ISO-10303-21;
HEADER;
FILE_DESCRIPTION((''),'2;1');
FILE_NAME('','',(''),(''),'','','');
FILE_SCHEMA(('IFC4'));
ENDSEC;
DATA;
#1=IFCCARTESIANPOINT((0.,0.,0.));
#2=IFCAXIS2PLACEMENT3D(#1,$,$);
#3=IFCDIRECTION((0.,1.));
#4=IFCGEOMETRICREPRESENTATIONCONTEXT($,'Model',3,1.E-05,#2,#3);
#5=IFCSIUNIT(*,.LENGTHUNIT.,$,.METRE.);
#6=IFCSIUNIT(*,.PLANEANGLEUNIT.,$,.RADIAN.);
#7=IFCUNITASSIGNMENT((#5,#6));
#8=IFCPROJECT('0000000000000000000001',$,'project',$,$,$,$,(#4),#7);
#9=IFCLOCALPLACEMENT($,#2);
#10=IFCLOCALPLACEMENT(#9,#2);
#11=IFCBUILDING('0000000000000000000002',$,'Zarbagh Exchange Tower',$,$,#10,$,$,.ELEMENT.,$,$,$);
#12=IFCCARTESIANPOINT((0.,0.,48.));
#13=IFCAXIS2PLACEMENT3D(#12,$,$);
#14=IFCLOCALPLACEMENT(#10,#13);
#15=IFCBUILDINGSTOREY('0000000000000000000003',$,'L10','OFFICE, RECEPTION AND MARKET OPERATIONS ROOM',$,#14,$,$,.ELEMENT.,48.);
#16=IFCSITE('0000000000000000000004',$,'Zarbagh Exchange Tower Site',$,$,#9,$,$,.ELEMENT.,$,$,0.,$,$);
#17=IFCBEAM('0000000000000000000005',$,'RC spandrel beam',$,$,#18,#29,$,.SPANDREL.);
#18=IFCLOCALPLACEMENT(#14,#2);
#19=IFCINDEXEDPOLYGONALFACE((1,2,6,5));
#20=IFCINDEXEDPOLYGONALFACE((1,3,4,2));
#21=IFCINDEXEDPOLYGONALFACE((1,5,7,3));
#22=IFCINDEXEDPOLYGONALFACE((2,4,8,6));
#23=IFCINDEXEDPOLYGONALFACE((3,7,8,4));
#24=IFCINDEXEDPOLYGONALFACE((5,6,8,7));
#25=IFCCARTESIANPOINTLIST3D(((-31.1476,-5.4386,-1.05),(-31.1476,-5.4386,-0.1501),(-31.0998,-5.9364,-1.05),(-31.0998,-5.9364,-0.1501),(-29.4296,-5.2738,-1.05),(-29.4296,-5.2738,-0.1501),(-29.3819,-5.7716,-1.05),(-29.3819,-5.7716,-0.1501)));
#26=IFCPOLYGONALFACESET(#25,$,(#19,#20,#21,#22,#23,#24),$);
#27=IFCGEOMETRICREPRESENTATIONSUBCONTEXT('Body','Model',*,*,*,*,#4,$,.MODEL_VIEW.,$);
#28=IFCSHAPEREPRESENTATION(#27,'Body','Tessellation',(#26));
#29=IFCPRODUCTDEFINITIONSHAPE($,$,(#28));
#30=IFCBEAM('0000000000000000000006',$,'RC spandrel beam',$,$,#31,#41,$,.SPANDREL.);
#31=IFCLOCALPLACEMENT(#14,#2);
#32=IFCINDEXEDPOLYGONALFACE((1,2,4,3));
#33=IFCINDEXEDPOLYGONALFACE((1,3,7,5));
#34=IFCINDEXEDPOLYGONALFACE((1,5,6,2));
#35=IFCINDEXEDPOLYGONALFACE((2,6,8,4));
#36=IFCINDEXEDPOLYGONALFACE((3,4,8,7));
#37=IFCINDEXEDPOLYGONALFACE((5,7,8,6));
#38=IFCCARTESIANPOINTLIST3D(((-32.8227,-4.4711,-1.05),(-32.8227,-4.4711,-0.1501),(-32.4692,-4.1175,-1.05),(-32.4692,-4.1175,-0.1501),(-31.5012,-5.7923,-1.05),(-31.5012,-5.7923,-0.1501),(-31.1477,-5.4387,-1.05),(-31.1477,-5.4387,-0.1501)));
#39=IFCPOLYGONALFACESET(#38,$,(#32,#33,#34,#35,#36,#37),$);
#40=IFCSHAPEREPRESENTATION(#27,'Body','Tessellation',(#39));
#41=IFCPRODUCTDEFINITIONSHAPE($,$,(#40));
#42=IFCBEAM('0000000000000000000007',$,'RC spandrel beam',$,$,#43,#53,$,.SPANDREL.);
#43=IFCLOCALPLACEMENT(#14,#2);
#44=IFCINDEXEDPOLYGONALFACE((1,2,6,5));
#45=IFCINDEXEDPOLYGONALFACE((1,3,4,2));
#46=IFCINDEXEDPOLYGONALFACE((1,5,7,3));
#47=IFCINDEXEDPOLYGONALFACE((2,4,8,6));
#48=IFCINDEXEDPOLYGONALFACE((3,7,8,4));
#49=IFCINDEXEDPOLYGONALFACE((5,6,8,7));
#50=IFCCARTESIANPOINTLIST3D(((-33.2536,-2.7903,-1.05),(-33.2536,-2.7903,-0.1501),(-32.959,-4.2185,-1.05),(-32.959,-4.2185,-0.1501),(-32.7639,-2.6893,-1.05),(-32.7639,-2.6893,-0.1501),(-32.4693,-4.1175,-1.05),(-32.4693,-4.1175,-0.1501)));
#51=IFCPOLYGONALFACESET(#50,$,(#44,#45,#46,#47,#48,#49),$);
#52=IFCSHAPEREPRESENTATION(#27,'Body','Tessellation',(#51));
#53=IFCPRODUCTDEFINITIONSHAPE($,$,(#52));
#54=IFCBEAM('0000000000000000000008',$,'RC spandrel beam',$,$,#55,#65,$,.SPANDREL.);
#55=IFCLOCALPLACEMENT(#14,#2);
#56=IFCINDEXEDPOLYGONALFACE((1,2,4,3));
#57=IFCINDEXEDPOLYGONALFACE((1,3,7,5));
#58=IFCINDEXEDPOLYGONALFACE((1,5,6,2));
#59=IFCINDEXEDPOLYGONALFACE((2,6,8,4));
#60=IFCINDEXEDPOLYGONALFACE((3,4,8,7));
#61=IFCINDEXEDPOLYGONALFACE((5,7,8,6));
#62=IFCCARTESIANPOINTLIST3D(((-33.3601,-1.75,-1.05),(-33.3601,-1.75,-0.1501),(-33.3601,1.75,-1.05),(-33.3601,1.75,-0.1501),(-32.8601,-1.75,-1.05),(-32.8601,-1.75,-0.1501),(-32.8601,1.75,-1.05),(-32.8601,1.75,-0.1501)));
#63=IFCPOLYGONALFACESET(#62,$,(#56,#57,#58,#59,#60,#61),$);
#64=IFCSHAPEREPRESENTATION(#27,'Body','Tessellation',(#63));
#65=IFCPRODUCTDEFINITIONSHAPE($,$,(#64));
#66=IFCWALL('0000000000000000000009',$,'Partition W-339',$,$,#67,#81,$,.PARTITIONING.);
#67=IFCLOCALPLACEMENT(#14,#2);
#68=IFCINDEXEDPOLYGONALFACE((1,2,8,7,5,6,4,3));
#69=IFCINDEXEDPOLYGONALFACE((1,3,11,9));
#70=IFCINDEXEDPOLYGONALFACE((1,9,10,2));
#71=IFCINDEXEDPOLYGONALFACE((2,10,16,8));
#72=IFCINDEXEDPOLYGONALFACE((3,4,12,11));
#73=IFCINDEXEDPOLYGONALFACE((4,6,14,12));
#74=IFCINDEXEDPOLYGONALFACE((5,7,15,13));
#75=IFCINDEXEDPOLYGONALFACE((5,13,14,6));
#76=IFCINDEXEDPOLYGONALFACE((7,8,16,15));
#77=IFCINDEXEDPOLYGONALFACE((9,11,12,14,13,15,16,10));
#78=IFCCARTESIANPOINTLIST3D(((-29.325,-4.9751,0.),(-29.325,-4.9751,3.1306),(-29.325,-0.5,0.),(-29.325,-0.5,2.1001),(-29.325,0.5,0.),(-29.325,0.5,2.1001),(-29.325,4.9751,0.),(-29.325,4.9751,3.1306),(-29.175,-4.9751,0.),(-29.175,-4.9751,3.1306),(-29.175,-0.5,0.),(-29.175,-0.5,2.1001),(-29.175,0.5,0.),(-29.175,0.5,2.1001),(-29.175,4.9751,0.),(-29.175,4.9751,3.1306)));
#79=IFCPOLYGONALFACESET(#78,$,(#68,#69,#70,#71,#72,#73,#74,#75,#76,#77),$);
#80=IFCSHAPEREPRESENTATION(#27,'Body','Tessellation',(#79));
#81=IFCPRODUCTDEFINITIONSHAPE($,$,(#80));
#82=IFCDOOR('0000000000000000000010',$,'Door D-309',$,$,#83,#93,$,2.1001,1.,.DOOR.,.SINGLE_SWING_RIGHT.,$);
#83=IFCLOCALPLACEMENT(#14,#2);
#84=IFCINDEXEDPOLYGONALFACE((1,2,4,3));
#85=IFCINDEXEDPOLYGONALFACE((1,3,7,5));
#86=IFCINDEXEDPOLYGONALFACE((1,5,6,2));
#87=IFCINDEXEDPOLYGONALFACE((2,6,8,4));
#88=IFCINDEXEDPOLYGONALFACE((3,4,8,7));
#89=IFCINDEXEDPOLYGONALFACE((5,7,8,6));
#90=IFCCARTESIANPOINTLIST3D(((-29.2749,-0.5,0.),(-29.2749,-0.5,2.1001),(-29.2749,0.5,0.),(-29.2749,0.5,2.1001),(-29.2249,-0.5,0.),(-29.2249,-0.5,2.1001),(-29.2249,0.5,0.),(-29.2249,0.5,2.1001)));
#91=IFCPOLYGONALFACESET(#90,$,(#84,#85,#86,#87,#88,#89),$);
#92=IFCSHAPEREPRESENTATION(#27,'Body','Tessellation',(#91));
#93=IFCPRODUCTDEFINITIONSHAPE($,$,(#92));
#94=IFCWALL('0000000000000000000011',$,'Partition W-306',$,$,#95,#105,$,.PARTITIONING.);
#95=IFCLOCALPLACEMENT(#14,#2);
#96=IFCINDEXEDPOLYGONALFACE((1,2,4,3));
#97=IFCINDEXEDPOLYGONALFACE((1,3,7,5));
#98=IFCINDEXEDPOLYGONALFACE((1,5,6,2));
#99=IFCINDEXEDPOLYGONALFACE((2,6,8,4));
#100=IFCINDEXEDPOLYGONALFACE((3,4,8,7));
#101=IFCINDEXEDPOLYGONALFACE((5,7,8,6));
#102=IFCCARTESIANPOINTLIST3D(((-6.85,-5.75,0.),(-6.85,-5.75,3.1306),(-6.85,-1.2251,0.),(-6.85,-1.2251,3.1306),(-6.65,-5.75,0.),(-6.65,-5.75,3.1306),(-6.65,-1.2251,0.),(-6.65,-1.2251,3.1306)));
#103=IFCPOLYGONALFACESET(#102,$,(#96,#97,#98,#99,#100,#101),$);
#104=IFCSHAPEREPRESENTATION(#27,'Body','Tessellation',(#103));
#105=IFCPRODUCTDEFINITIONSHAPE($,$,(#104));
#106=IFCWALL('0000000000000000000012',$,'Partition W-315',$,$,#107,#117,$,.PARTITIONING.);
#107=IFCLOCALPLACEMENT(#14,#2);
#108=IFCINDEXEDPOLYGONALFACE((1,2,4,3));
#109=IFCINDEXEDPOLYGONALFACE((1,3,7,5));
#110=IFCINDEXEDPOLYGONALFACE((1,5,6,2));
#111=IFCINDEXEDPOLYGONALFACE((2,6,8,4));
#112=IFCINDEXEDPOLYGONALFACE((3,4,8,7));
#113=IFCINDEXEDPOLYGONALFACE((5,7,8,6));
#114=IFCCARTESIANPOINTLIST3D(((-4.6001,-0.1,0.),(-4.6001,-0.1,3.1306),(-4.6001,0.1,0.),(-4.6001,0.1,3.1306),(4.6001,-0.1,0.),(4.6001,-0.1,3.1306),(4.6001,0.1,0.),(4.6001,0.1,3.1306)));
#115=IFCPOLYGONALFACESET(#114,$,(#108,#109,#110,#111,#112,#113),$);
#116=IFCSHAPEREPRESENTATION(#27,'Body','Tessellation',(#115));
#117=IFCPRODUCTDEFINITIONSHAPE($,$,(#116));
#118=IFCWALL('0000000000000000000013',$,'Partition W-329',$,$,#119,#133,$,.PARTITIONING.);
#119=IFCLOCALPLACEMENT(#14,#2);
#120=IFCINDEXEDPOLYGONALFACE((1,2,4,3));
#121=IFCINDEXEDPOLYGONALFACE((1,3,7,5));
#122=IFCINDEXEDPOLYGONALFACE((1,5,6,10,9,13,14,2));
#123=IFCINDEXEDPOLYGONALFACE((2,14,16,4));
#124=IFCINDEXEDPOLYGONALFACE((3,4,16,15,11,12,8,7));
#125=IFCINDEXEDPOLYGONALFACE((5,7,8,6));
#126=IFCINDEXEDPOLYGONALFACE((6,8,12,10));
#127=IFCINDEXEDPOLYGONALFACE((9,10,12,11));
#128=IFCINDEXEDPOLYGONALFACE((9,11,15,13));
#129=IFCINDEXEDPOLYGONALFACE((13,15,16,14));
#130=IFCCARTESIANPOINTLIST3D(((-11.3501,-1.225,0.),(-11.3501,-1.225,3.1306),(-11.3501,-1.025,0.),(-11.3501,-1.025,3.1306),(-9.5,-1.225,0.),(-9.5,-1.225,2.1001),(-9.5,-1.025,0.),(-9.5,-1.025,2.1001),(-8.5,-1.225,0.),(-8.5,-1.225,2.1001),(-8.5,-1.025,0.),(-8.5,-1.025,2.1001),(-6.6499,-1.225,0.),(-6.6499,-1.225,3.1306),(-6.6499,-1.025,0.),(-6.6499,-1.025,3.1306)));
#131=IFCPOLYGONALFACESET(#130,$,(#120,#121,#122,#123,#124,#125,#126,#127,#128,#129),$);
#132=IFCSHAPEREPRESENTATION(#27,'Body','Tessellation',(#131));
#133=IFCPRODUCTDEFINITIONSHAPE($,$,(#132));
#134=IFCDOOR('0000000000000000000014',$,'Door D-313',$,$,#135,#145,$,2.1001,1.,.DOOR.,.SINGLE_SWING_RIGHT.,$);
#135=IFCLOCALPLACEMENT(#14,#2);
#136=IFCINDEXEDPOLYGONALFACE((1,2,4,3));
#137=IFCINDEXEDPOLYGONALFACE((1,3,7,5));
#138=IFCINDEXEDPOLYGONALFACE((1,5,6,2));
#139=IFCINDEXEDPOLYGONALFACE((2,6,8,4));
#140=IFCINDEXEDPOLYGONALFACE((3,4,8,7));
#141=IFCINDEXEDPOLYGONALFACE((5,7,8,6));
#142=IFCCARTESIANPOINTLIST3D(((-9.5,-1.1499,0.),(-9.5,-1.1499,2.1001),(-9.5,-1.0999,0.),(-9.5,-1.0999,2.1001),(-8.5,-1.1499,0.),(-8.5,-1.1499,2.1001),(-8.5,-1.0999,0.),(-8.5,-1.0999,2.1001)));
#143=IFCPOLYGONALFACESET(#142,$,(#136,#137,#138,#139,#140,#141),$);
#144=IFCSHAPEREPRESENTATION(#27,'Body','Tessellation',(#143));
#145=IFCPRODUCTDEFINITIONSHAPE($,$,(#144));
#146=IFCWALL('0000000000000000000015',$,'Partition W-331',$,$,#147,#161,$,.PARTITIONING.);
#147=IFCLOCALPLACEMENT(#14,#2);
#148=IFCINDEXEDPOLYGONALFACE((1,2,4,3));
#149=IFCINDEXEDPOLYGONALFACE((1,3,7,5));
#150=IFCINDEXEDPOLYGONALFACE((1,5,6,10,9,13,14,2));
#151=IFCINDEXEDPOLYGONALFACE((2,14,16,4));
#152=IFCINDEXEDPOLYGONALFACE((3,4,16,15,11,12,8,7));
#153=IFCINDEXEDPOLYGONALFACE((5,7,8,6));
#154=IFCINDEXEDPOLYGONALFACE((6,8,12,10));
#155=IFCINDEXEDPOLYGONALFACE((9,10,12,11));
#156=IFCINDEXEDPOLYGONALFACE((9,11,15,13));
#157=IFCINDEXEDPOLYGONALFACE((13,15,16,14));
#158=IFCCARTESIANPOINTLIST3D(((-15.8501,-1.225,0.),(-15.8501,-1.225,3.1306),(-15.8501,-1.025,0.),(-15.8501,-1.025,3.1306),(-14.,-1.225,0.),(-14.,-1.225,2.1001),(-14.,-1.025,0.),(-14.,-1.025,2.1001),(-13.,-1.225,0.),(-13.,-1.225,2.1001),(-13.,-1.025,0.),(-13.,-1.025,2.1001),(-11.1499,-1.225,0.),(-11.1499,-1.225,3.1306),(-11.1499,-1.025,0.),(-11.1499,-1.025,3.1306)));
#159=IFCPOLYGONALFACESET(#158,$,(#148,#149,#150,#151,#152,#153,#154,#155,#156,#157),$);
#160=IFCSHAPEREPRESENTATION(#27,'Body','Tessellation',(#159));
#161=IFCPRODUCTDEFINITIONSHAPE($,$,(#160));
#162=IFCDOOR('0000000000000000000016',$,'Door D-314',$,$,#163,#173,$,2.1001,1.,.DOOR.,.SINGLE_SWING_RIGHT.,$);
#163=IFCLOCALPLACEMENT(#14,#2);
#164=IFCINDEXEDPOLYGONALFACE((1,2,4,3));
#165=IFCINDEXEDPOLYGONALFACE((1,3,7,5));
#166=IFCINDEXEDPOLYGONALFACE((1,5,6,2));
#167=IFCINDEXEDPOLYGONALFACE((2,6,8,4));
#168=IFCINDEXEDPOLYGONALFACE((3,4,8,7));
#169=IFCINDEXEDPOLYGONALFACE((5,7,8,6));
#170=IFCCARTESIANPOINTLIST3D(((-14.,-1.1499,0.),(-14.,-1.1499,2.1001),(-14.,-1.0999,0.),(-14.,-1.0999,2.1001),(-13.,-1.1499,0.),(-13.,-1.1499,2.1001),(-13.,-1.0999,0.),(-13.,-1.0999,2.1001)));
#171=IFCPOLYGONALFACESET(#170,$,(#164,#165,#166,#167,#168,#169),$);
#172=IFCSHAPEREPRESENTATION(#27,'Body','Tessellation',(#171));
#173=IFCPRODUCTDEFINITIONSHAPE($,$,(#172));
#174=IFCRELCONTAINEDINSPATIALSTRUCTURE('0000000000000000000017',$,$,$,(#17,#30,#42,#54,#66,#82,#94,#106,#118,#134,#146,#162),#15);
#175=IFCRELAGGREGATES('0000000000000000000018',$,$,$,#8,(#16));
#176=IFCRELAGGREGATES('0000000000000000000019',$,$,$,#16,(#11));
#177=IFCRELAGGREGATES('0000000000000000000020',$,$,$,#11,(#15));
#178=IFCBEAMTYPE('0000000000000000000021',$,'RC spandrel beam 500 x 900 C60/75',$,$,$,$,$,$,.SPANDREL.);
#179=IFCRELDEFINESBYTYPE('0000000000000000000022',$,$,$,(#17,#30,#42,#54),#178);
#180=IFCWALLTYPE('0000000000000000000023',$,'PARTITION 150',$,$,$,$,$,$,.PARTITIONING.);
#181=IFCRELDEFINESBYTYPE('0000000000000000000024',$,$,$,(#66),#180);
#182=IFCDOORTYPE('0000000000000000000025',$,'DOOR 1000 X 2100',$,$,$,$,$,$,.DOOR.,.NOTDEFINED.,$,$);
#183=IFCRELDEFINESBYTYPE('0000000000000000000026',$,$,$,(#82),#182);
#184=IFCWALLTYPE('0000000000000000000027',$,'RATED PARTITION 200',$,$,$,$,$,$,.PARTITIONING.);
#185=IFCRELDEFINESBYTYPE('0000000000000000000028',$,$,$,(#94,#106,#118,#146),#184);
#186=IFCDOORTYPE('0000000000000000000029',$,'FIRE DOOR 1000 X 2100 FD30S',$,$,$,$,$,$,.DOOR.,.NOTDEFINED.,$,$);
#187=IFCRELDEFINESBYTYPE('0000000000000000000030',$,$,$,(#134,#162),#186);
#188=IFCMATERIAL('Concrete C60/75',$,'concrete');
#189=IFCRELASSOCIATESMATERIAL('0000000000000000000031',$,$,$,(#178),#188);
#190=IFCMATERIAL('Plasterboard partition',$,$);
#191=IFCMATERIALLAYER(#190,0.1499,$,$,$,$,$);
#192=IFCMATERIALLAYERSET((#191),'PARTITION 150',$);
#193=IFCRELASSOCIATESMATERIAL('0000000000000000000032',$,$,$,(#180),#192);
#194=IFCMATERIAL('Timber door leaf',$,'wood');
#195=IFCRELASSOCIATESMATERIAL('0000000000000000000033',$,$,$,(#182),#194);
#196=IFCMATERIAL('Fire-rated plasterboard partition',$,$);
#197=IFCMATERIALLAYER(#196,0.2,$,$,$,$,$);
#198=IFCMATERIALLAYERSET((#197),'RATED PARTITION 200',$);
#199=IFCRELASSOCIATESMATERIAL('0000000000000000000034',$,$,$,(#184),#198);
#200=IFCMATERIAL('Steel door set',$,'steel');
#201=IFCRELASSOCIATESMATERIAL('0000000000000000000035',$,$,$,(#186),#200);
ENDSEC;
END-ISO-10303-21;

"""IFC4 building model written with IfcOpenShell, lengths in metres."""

from ifc_helpers import new_model, si_unit, direction, frame, frame_2d, origin, origin_2d, place, context, subcontext, project, spatial, rectangle, extrude, material, layer, layer_set, material_profile, profile_set, type_object, element, fill, save


model = new_model("IFC4")

# Units and contexts
model_context = context("Model", 3, precision=1e-05, world=origin(), true_north=direction((0.0, 1.0)))
body_context = subcontext(model_context, "Body", "Model", "MODEL_VIEW")
ifc_project = project(units=[si_unit("LENGTHUNIT", "METRE"), si_unit("PLANEANGLEUNIT", "RADIAN")], contexts=[model_context])

# Site, building, storey
site_placement = place(None, origin())
site = spatial("IfcSite", under=ifc_project, at=site_placement, Name="Zarbagh Exchange Tower Site", CompositionType="ELEMENT", RefElevation=0.0)
building_placement = place(site_placement, origin())
building = spatial("IfcBuilding", under=site, at=building_placement, Name="Zarbagh Exchange Tower", CompositionType="ELEMENT")
storey_placement = place(building_placement, frame((0.0, 0.0, 48.0)))
storey = spatial("IfcBuildingStorey", under=building, at=storey_placement, Name="L10", Description="OFFICE, RECEPTION AND MARKET OPERATIONS ROOM", CompositionType="ELEMENT", Elevation=48.0)

# Shared definitions
ifc_material_1 = material(Name="Concrete C60/75", Category="concrete")

# Beams
ifc_material_profile_1 = material_profile(ifc_material_1, rectangle(XDim=0.5, YDim=0.8999, at=origin_2d()), Name="RC spandrel beam 500 x 900 C60/75")
ifc_profile_set_1 = profile_set([ifc_material_profile_1], Name="Concrete C60/75")
beam_type_1 = type_object("IfcBeamType", Name="RC spandrel beam 500 x 900 C60/75", PredefinedType="SPANDREL", material=ifc_profile_set_1)
beam_1_placement = place(storey_placement, frame((-29.4058, -5.5227, -0.6001), z_axis=(-0.995431, -0.095483, 0.0), x_axis=(0.095483, -0.995431, 0.0)))
element("IfcBeam", 1, at=beam_1_placement, inside=storey, type_object=beam_type_1, Name="RC spandrel beam", PredefinedType="SPANDREL", context=body_context, shape_type="SweptSolid", body=[
    extrude(rectangle(XDim=0.5, YDim=0.8999, at=origin_2d()), origin(), (0.0, 0.0, 1.0), 1.7258),
])
beam_2_placement = place(storey_placement, frame((-31.3245, -5.6155, -0.6001), z_axis=(-0.707172, 0.707041, 0.0), x_axis=(-0.707041, -0.707172, 0.0)))
element("IfcBeam", 2, at=beam_2_placement, inside=storey, type_object=beam_type_1, Name="RC spandrel beam", PredefinedType="SPANDREL", context=body_context, shape_type="SweptSolid", body=[
    extrude(rectangle(XDim=0.5, YDim=0.8999, at=origin_2d()), origin(), (0.0, 0.0, 1.0), 1.8687),
])
beam_3_placement = place(storey_placement, frame((-32.7141, -4.168, -0.6001), z_axis=(-0.202069, 0.979371, 0.0), x_axis=(-0.979371, -0.202069, 0.0)))
element("IfcBeam", 3, at=beam_3_placement, inside=storey, type_object=beam_type_1, Name="RC spandrel beam", PredefinedType="SPANDREL", context=body_context, shape_type="SweptSolid", body=[
    extrude(rectangle(XDim=0.5, YDim=0.8999, at=origin_2d()), origin(), (0.0, 0.0, 1.0), 1.4583),
])
beam_4_placement = place(storey_placement, frame((-33.1101, -1.75, -0.6001), z_axis=(0.0, 1.0, 0.0), x_axis=(-1.0, 0.0, 0.0)))
element("IfcBeam", 4, at=beam_4_placement, inside=storey, type_object=beam_type_1, Name="RC spandrel beam", PredefinedType="SPANDREL", context=body_context, shape_type="SweptSolid", body=[
    extrude(rectangle(XDim=0.5, YDim=0.8999, at=origin_2d()), origin(), (0.0, 0.0, 1.0), 3.5),
])

# Wall, opening, door
ifc_material_2 = material(Name="Plasterboard partition")
ifc_layer_1 = layer(ifc_material_2, 0.1499)
ifc_layer_set_1 = layer_set([ifc_layer_1], Name="PARTITION 150")
wall_type_1 = type_object("IfcWallType", Name="PARTITION 150", PredefinedType="PARTITIONING", material=ifc_layer_set_1)
wall_1_placement = place(storey_placement, frame((-29.25, -4.9751, 0.0), z_axis=(0.0, 0.0, 1.0), x_axis=(0.0, 1.0, 0.0)))
wall_1 = element("IfcWall", 5, at=wall_1_placement, inside=storey, type_object=wall_type_1, Name="Partition W-339", PredefinedType="PARTITIONING", context=body_context, shape_type="SweptSolid", body=[
    extrude(rectangle(XDim=9.9502, YDim=0.1499, at=frame_2d((4.9751, 0.0))), origin(), (0.0, 0.0, 1.0), 3.1306),
])
opening_1_placement = place(wall_1_placement, frame((4.4751, 0.0, 0.0)))
opening_1 = element("IfcOpeningElement", 6, at=opening_1_placement, cuts=wall_1, PredefinedType="OPENING", context=body_context, shape_type="SweptSolid", body=[
    extrude(rectangle(XDim=1.0, YDim=2.1001, at=frame_2d((0.5, 1.05))), frame((0.0, 0.085, 0.0), z_axis=(0.0, -1.0, 0.0), x_axis=(1.0, 0.0, 0.0)), (0.0, 0.0, 1.0), 0.1699),
])
ifc_material_3 = material(Name="Timber door leaf", Category="wood")
door_type_1 = type_object("IfcDoorType", Name="DOOR 1000 X 2100", OperationType="NOTDEFINED", PredefinedType="DOOR", material=ifc_material_3)
door_1_placement = place(opening_1_placement, origin())
door_1 = element("IfcDoor", 7, at=door_1_placement, inside=storey, type_object=door_type_1, Name="Door D-309", OperationType="SINGLE_SWING_RIGHT", OverallHeight=2.1001, OverallWidth=1.0, PredefinedType="DOOR", context=body_context, shape_type="SweptSolid", body=[
    extrude(rectangle(XDim=1.0, YDim=2.1001, at=frame_2d((0.5, 1.05))), frame((0.0, 0.0249, 0.0), z_axis=(0.0, -1.0, 0.0), x_axis=(1.0, 0.0, 0.0)), (0.0, 0.0, 1.0), 0.05),
])
fill(opening_1, door_1)

# Walls
ifc_material_4 = material(Name="Fire-rated plasterboard partition")
ifc_layer_2 = layer(ifc_material_4, 0.2)
ifc_layer_set_2 = layer_set([ifc_layer_2], Name="RATED PARTITION 200")
wall_type_2 = type_object("IfcWallType", Name="RATED PARTITION 200", PredefinedType="PARTITIONING", material=ifc_layer_set_2)
wall_2_placement = place(storey_placement, frame((-6.75, -5.75, 0.0), z_axis=(0.0, 0.0, 1.0), x_axis=(0.0, 1.0, 0.0)))
element("IfcWall", 8, at=wall_2_placement, inside=storey, type_object=wall_type_2, Name="Partition W-306", PredefinedType="PARTITIONING", context=body_context, shape_type="SweptSolid", body=[
    extrude(rectangle(XDim=4.5249, YDim=0.2, at=frame_2d((2.2625, 0.0))), origin(), (0.0, 0.0, 1.0), 3.1306),
])
wall_3_placement = place(storey_placement, frame((-4.6001, 0.0, 0.0), z_axis=(0.0, 0.0, 1.0), x_axis=(1.0, 0.0, 0.0)))
element("IfcWall", 9, at=wall_3_placement, inside=storey, type_object=wall_type_2, Name="Partition W-315", PredefinedType="PARTITIONING", context=body_context, shape_type="SweptSolid", body=[
    extrude(rectangle(XDim=9.2002, YDim=0.2, at=frame_2d((4.6001, 0.0))), origin(), (0.0, 0.0, 1.0), 3.1306),
])

# Walls, openings, doors
wall_4_placement = place(storey_placement, frame((-6.6499, -1.125, 0.0), z_axis=(0.0, 0.0, 1.0), x_axis=(-1.0, 0.0, 0.0)))
wall_4 = element("IfcWall", 10, at=wall_4_placement, inside=storey, type_object=wall_type_2, Name="Partition W-329", PredefinedType="PARTITIONING", context=body_context, shape_type="SweptSolid", body=[
    extrude(rectangle(XDim=4.7002, YDim=0.2, at=frame_2d((2.3501, 0.0))), origin(), (0.0, 0.0, 1.0), 3.1306),
])
opening_2_placement = place(wall_4_placement, frame((1.8501, 0.0, 0.0)))
opening_2 = element("IfcOpeningElement", 11, at=opening_2_placement, cuts=wall_4, PredefinedType="OPENING", context=body_context, shape_type="SweptSolid", body=[
    extrude(rectangle(XDim=1.0, YDim=2.1001, at=frame_2d((0.5, 1.05))), frame((0.0, 0.1099, 0.0), z_axis=(0.0, -1.0, 0.0), x_axis=(1.0, 0.0, 0.0)), (0.0, 0.0, 1.0), 0.22),
])
ifc_material_5 = material(Name="Steel door set", Category="steel")
door_type_2 = type_object("IfcDoorType", Name="FIRE DOOR 1000 X 2100 FD30S", OperationType="NOTDEFINED", PredefinedType="DOOR", material=ifc_material_5)
door_2_placement = place(opening_2_placement, origin())
door_2 = element("IfcDoor", 12, at=door_2_placement, inside=storey, type_object=door_type_2, Name="Door D-313", OperationType="SINGLE_SWING_RIGHT", OverallHeight=2.1001, OverallWidth=1.0, PredefinedType="DOOR", context=body_context, shape_type="SweptSolid", body=[
    extrude(rectangle(XDim=1.0, YDim=2.1001, at=frame_2d((0.5, 1.05))), frame((0.0, 0.0249, 0.0), z_axis=(0.0, -1.0, 0.0), x_axis=(1.0, 0.0, 0.0)), (0.0, 0.0, 1.0), 0.05),
])
fill(opening_2, door_2)
wall_5_placement = place(storey_placement, frame((-11.1499, -1.125, 0.0), z_axis=(0.0, 0.0, 1.0), x_axis=(-1.0, 0.0, 0.0)))
wall_5 = element("IfcWall", 13, at=wall_5_placement, inside=storey, type_object=wall_type_2, Name="Partition W-331", PredefinedType="PARTITIONING", context=body_context, shape_type="SweptSolid", body=[
    extrude(rectangle(XDim=4.7002, YDim=0.2, at=frame_2d((2.3501, 0.0))), origin(), (0.0, 0.0, 1.0), 3.1306),
])
opening_3_placement = place(wall_5_placement, frame((1.8501, 0.0, 0.0)))
opening_3 = element("IfcOpeningElement", 14, at=opening_3_placement, cuts=wall_5, PredefinedType="OPENING", context=body_context, shape_type="SweptSolid", body=[
    extrude(rectangle(XDim=1.0, YDim=2.1001, at=frame_2d((0.5, 1.05))), frame((0.0, 0.1099, 0.0), z_axis=(0.0, -1.0, 0.0), x_axis=(1.0, 0.0, 0.0)), (0.0, 0.0, 1.0), 0.22),
])
door_3_placement = place(opening_3_placement, origin())
door_3 = element("IfcDoor", 15, at=door_3_placement, inside=storey, type_object=door_type_2, Name="Door D-314", OperationType="SINGLE_SWING_RIGHT", OverallHeight=2.1001, OverallWidth=1.0, PredefinedType="DOOR", context=body_context, shape_type="SweptSolid", body=[
    extrude(rectangle(XDim=1.0, YDim=2.1001, at=frame_2d((0.5, 1.05))), frame((0.0, 0.0249, 0.0), z_axis=(0.0, -1.0, 0.0), x_axis=(1.0, 0.0, 0.0)), (0.0, 0.0, 1.0), 0.05),
])
fill(opening_3, door_3)

save(model, "model.ifc")
